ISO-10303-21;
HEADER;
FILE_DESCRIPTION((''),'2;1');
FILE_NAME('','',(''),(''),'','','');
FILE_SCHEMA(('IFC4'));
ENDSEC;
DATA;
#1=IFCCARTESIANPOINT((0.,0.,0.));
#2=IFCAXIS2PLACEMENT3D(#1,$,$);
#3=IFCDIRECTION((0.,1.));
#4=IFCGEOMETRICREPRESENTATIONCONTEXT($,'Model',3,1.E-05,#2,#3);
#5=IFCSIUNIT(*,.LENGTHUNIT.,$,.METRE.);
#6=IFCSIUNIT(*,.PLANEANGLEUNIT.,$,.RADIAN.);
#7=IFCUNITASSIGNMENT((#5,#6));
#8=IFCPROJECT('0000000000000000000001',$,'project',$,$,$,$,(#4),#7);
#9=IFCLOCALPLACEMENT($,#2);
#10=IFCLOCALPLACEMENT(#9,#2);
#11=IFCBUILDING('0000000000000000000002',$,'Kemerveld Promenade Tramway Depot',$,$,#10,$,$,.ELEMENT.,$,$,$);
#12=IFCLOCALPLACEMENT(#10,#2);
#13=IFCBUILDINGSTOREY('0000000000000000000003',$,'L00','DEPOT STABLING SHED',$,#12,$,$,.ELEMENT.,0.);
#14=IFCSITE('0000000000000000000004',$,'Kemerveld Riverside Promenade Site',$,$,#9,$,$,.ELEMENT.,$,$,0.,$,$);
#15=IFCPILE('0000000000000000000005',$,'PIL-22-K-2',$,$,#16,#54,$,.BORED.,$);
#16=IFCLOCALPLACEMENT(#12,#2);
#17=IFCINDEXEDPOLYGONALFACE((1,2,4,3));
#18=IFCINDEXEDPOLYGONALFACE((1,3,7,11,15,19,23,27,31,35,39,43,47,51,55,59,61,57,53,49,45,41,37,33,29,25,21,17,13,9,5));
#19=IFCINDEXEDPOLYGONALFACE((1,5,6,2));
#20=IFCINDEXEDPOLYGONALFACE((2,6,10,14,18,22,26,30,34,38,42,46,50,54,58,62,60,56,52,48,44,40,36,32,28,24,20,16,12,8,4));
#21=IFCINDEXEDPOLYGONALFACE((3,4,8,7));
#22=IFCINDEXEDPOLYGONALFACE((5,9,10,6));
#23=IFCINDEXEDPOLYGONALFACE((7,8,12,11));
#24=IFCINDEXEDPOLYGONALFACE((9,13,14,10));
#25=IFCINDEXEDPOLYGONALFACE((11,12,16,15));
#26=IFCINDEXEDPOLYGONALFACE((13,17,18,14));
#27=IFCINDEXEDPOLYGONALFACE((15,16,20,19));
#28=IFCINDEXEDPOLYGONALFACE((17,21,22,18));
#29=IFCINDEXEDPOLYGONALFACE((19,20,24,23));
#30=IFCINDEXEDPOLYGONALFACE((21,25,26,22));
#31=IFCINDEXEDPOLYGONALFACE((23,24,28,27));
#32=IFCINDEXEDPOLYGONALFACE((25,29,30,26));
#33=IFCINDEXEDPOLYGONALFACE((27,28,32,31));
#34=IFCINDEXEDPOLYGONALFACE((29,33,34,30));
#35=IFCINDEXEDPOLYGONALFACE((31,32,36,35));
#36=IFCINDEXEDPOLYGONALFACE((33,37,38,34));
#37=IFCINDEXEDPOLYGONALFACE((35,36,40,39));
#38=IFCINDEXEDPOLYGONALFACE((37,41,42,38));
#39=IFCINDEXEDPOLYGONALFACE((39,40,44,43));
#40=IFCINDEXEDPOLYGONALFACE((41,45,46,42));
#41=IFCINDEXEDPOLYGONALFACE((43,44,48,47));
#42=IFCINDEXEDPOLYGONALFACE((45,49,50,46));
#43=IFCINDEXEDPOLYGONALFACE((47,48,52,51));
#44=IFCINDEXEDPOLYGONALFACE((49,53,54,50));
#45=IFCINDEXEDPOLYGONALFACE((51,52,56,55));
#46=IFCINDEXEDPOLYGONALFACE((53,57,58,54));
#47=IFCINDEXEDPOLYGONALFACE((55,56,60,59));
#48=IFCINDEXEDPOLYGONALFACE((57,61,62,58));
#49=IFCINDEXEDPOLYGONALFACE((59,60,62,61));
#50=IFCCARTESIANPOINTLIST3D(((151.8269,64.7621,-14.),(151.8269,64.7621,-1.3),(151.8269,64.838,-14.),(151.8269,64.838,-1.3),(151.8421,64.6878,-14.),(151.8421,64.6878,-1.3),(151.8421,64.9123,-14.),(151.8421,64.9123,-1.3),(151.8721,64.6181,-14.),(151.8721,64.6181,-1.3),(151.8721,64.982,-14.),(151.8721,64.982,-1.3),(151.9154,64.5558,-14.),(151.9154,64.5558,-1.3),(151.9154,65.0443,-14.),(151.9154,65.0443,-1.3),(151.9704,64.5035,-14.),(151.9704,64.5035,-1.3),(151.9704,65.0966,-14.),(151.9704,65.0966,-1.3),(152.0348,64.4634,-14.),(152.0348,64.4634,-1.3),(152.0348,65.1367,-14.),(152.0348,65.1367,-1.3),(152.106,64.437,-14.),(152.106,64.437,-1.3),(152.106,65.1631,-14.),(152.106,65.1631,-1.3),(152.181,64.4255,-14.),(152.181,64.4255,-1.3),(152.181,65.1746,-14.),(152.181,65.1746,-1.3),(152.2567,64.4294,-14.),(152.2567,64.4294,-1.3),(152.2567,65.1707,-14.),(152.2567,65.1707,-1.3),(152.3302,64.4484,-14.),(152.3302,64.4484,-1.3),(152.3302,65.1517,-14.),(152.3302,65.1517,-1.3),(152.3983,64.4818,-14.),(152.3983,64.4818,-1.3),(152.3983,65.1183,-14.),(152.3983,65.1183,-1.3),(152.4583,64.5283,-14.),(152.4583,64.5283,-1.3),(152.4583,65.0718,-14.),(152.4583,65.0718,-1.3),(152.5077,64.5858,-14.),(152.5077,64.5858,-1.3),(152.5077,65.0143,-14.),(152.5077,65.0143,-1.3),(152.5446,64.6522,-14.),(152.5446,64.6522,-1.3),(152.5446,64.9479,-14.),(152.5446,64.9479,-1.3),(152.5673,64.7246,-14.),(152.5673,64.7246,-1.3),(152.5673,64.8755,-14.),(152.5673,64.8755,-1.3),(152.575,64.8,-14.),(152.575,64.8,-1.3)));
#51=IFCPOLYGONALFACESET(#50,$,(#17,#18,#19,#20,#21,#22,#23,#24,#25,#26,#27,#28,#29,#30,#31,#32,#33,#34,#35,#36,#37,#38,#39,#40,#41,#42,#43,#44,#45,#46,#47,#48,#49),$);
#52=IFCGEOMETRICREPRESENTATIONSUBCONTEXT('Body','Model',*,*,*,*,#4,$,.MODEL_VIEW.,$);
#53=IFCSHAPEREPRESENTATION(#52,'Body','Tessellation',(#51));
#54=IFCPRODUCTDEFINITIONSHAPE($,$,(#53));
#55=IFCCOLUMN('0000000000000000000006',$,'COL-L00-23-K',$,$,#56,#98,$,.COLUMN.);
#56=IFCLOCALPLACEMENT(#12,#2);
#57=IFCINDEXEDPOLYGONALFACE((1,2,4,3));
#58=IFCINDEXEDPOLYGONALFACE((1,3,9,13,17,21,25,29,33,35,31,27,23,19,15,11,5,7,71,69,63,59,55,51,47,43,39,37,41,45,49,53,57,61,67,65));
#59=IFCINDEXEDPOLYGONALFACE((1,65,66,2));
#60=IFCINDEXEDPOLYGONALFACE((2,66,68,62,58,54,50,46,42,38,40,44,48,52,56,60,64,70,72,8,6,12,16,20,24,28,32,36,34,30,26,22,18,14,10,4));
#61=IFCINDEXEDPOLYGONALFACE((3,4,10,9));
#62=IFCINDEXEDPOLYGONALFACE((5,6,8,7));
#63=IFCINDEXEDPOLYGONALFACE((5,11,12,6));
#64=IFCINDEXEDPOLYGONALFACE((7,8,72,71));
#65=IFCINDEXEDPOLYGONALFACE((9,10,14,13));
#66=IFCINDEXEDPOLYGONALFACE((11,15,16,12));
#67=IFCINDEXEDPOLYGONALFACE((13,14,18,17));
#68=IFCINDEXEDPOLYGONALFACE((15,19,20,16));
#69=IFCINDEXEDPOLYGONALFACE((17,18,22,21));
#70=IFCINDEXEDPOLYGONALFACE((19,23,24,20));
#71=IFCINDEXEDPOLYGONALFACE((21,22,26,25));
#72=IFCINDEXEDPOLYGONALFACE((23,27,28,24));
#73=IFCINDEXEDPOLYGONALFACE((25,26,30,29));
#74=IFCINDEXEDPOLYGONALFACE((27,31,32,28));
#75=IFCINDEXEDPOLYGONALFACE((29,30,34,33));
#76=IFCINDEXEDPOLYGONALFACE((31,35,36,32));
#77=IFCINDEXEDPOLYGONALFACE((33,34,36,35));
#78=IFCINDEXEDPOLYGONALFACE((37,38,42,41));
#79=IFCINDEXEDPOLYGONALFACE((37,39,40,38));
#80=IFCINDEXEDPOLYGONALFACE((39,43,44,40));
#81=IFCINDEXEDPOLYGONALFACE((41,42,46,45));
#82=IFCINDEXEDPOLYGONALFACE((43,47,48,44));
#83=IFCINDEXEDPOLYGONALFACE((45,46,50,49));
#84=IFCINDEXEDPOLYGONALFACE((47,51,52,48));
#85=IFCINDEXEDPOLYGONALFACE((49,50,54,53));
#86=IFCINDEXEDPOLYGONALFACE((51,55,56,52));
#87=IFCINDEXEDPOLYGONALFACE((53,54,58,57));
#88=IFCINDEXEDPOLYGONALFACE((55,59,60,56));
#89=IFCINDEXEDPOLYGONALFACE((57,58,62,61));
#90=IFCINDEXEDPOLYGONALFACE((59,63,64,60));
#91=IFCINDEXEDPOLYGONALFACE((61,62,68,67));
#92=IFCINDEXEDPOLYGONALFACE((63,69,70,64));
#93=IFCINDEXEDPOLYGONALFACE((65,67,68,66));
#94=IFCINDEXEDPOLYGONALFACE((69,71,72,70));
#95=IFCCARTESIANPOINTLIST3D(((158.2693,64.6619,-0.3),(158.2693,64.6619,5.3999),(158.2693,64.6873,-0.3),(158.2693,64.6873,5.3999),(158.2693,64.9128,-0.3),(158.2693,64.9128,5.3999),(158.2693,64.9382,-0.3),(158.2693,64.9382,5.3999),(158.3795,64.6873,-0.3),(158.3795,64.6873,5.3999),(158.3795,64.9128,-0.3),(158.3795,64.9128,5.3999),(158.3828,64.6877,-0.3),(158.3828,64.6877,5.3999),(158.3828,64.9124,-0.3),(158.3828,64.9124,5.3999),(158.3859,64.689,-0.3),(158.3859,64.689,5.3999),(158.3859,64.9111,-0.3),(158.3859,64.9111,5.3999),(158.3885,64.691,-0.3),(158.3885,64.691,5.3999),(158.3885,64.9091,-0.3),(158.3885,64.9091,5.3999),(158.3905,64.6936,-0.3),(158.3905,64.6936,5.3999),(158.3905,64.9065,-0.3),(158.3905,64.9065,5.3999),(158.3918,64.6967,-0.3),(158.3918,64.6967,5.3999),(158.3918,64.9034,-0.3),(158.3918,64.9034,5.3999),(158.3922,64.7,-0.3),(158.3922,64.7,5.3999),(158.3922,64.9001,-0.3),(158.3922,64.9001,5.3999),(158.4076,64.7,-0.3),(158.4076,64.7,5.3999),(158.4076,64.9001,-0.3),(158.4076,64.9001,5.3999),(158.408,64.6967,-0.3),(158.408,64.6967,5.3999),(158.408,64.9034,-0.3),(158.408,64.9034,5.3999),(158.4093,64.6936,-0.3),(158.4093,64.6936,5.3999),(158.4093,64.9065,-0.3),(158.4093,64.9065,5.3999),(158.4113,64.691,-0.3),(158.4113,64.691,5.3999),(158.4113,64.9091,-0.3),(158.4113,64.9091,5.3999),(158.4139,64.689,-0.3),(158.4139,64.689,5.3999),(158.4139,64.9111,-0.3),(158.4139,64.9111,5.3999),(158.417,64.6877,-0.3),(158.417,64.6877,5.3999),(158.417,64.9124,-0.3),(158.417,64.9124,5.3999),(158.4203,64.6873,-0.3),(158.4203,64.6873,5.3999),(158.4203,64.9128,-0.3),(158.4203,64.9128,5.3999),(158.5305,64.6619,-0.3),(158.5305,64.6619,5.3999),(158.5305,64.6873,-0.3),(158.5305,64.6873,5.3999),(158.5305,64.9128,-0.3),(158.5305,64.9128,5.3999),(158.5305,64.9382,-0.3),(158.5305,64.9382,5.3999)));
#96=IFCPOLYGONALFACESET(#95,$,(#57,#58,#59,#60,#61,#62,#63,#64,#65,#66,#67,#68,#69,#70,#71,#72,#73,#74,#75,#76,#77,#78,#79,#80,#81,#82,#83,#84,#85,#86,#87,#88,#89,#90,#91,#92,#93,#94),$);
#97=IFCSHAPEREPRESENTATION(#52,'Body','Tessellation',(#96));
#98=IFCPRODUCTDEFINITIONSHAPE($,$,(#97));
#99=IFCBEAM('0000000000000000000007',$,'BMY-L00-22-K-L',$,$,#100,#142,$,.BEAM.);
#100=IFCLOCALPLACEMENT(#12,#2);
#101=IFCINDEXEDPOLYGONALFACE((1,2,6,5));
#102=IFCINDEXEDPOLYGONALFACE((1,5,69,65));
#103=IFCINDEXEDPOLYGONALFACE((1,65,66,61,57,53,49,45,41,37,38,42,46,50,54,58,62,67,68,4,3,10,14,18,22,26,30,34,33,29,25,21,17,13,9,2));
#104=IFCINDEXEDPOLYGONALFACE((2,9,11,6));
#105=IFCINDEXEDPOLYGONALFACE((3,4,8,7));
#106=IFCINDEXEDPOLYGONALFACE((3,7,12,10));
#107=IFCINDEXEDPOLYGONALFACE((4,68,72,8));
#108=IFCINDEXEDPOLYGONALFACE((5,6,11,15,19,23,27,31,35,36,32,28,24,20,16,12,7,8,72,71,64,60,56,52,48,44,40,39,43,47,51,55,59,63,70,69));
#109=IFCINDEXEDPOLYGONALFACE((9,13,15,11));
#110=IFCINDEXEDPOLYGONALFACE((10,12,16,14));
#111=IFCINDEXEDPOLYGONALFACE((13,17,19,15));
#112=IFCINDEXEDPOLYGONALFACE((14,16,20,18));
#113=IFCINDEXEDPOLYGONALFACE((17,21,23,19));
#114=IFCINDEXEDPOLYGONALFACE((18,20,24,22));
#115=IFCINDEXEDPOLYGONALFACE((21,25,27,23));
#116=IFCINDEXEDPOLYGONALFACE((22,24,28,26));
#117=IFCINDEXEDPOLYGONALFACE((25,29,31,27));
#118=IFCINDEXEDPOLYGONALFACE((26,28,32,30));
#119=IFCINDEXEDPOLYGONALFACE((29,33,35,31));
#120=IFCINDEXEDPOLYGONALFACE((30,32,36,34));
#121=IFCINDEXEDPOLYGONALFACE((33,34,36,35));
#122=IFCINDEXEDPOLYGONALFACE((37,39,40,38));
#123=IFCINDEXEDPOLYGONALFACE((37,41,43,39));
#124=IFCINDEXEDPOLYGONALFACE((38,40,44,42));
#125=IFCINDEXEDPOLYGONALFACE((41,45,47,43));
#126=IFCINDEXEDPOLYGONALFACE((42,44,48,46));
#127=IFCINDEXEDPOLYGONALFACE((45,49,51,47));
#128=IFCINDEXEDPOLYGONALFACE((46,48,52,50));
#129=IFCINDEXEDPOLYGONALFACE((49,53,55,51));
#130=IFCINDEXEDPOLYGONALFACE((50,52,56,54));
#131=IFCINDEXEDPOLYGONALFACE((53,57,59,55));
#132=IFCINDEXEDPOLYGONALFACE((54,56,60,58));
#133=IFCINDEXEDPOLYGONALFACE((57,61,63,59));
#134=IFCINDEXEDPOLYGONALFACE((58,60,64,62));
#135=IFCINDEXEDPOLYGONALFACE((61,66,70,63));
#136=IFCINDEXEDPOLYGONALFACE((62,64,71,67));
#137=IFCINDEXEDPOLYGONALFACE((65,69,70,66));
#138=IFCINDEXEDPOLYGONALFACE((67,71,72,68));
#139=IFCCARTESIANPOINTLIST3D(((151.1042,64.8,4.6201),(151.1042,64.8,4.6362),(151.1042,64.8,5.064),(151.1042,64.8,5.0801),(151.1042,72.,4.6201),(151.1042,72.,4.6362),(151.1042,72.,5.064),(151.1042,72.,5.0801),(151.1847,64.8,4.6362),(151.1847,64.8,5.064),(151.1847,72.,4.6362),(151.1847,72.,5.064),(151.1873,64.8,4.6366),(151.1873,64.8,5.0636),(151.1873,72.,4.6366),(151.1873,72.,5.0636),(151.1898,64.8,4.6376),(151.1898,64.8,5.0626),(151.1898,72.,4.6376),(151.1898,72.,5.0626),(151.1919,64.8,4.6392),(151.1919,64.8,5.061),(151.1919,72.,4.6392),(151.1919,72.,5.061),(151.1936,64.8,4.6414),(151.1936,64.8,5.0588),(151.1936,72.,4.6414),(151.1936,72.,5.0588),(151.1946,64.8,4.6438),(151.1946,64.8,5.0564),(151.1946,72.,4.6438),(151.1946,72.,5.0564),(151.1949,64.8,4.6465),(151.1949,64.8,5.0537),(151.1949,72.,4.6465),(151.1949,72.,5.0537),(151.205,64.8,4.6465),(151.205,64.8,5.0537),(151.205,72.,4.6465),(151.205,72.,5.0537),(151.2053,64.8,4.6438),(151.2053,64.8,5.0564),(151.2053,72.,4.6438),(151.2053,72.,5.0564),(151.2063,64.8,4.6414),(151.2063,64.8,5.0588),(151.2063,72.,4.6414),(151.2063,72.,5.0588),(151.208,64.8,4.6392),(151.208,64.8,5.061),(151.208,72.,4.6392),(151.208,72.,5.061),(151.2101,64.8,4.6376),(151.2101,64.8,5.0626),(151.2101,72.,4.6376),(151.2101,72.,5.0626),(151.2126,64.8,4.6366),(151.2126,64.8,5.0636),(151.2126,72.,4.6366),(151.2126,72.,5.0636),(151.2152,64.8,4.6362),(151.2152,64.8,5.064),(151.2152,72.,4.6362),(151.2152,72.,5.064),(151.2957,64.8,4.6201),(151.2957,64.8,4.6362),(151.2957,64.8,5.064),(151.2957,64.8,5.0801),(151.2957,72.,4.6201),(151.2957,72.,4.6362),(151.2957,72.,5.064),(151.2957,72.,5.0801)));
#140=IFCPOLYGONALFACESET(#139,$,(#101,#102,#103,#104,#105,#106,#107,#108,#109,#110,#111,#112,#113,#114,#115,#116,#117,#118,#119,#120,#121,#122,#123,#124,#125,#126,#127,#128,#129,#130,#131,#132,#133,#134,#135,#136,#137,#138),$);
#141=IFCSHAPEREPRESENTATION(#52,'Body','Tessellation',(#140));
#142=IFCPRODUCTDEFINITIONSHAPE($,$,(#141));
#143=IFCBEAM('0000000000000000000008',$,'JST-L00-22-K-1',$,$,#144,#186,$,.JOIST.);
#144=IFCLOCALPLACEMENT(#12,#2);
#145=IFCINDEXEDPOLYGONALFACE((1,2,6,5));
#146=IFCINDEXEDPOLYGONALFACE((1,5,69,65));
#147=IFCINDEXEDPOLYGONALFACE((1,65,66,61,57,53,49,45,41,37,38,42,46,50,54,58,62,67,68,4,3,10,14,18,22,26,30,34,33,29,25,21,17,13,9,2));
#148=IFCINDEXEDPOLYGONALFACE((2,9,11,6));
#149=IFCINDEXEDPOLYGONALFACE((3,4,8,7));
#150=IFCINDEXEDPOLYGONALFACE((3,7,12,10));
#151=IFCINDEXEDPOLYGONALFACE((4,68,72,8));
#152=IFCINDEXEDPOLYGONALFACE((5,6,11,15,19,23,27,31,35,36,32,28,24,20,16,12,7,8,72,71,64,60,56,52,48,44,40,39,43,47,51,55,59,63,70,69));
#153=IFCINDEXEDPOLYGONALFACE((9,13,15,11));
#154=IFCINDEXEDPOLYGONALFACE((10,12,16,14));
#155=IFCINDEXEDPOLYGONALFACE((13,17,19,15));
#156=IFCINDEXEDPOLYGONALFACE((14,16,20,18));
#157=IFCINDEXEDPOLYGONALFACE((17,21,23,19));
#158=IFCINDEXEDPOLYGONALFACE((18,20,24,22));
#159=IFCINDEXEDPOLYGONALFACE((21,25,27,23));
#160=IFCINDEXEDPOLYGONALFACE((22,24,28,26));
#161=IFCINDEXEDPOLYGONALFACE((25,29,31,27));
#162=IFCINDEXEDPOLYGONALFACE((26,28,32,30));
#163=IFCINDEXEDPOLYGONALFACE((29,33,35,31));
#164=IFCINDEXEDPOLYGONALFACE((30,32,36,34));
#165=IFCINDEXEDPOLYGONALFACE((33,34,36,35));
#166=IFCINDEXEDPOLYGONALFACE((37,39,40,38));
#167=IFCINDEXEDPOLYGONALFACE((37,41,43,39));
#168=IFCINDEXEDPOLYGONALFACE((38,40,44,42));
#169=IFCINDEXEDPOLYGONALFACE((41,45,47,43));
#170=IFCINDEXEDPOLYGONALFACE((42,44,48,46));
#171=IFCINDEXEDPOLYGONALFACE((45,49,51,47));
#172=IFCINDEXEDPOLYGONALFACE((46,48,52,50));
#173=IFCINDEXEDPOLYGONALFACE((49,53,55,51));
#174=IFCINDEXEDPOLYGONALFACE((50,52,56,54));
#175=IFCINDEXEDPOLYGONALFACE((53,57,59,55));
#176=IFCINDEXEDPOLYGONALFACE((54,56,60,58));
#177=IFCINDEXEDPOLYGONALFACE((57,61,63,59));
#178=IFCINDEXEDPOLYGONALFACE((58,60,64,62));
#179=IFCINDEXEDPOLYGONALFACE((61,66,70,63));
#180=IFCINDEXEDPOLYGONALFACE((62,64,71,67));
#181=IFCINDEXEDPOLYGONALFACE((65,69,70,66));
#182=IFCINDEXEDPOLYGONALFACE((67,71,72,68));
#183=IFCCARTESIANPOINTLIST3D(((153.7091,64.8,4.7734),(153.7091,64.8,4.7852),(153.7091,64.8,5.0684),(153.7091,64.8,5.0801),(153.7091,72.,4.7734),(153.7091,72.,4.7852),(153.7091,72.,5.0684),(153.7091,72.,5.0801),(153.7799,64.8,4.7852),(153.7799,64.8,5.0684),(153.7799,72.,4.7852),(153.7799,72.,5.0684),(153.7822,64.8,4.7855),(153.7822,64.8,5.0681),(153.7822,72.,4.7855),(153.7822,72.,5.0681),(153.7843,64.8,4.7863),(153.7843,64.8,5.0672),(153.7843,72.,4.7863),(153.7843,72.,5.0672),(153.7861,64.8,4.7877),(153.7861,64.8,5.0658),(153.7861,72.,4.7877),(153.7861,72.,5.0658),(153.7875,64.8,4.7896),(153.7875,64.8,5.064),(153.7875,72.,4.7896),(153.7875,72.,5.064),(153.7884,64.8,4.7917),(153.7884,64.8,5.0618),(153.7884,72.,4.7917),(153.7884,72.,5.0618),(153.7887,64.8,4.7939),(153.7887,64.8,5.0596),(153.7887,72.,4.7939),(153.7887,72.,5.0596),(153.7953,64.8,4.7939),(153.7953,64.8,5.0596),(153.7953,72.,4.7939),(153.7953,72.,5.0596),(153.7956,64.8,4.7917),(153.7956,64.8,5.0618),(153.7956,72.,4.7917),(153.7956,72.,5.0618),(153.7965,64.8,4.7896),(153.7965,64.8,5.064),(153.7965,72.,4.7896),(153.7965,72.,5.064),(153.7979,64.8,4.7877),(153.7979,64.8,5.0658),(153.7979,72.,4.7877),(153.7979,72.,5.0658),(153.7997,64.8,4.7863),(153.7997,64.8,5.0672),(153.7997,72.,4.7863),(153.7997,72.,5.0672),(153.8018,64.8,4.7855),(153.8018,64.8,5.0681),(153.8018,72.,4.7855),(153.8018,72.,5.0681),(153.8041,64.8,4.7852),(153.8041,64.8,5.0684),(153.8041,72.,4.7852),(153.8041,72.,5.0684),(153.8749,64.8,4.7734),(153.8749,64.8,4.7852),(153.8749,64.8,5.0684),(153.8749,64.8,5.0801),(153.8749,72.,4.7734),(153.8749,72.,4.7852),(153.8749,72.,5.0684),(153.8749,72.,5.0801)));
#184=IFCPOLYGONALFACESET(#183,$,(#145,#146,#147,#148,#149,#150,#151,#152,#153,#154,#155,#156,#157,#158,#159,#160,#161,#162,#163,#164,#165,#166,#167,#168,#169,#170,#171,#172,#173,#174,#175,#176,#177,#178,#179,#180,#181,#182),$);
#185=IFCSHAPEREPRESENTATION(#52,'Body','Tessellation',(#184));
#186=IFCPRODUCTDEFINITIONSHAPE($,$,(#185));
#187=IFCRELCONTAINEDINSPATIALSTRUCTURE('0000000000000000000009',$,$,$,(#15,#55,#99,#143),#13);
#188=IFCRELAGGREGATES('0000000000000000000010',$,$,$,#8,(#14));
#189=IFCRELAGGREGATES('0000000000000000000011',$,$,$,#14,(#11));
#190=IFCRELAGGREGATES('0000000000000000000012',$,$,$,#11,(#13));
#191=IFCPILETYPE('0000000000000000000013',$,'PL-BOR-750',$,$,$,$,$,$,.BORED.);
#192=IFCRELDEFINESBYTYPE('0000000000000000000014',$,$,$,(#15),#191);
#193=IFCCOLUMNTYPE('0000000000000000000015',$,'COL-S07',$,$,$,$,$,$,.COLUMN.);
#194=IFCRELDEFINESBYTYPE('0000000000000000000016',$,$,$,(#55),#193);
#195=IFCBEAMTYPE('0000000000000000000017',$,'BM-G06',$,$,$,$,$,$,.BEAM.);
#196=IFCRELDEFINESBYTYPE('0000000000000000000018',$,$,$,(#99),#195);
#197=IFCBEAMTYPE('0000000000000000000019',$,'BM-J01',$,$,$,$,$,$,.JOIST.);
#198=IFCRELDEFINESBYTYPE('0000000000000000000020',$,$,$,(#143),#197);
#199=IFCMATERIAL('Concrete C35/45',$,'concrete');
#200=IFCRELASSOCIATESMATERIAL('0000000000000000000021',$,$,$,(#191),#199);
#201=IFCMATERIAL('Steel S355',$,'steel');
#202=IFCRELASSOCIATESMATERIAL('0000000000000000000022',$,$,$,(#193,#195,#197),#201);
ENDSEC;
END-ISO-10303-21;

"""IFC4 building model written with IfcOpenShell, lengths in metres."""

from ifc_helpers import new_model, si_unit, direction, frame, origin, origin_2d, place, context, subcontext, project, spatial, circle, i_section, extrude, material, material_profile, profile_set, type_object, element, save


model = new_model("IFC4")

# Units and contexts
model_context = context("Model", 3, precision=1e-05, world=origin(), true_north=direction((0.0, 1.0)))
body_context = subcontext(model_context, "Body", "Model", "MODEL_VIEW")
ifc_project = project(units=[si_unit("LENGTHUNIT", "METRE"), si_unit("PLANEANGLEUNIT", "RADIAN")], contexts=[model_context])

# Site, building, storey
site_placement = place(None, origin())
site = spatial("IfcSite", under=ifc_project, at=site_placement, Name="Kemerveld Riverside Promenade Site", CompositionType="ELEMENT", RefElevation=0.0)
building_placement = place(site_placement, origin())
building = spatial("IfcBuilding", under=site, at=building_placement, Name="Kemerveld Promenade Tramway Depot", CompositionType="ELEMENT")
storey_placement = place(building_placement, origin())
storey = spatial("IfcBuildingStorey", under=building, at=storey_placement, Name="L00", Description="DEPOT STABLING SHED", CompositionType="ELEMENT", Elevation=0.0)

# Shared definitions
ifc_material_1 = material(Name="Concrete C35/45", Category="concrete")

# Pile
ifc_material_profile_1 = material_profile(ifc_material_1, circle(Radius=0.375, at=origin_2d()), Name="PILE-D750")
ifc_profile_set_1 = profile_set([ifc_material_profile_1], Name="Concrete C35/45")
pile_type_1 = type_object("IfcPileType", Name="PL-BOR-750", PredefinedType="BORED", material=ifc_profile_set_1)
pile_placement = place(storey_placement, frame((152.2, 64.8, -1.3), z_axis=(0.0, 0.0, -1.0), x_axis=(1.0, 0.0, 0.0)))
element("IfcPile", 1, at=pile_placement, inside=storey, type_object=pile_type_1, Name="PIL-22-K-2", PredefinedType="BORED", context=body_context, shape_type="SweptSolid", body=[
    extrude(circle(Radius=0.375, at=origin_2d()), origin(), (0.0, 0.0, 1.0), 12.7),
])

# Column
ifc_material_2 = material(Name="Steel S355", Category="steel")
ifc_material_profile_2 = material_profile(ifc_material_2, i_section(OverallWidth=0.2612, OverallDepth=0.2764, WebThickness=0.0154, FlangeThickness=0.0254, FilletRadius=0.0127, at=origin_2d()), Name="254x254x132 UC")
ifc_profile_set_2 = profile_set([ifc_material_profile_2], Name="Steel S355")
column_type = type_object("IfcColumnType", Name="COL-S07", PredefinedType="COLUMN", material=ifc_profile_set_2)
column_placement = place(storey_placement, frame((158.3999, 64.8, -0.3), z_axis=(0.0, 0.0, 1.0), x_axis=(1.0, 0.0, 0.0)))
element("IfcColumn", 2, at=column_placement, inside=storey, type_object=column_type, Name="COL-L00-23-K", PredefinedType="COLUMN", context=body_context, shape_type="SweptSolid", body=[
    extrude(i_section(OverallWidth=0.2612, OverallDepth=0.2764, WebThickness=0.0154, FlangeThickness=0.0254, FilletRadius=0.0127, at=origin_2d()), origin(), (0.0, 0.0, 1.0), 5.7),
])

# Beams
ifc_material_profile_3 = material_profile(ifc_material_2, i_section(OverallWidth=0.1914, OverallDepth=0.46, WebThickness=0.01, FlangeThickness=0.0161, FilletRadius=0.0103, at=origin_2d()), Name="457x191x82 UB")
ifc_profile_set_3 = profile_set([ifc_material_profile_3], Name="Steel S355")
beam_type_1 = type_object("IfcBeamType", Name="BM-G06", PredefinedType="BEAM", material=ifc_profile_set_3)
beam_1_placement = place(storey_placement, frame((151.2, 64.8, 4.8501), z_axis=(0.0, 1.0, 0.0), x_axis=(-1.0, 0.0, 0.0)))
element("IfcBeam", 3, at=beam_1_placement, inside=storey, type_object=beam_type_1, Name="BMY-L00-22-K-L", PredefinedType="BEAM", context=body_context, shape_type="SweptSolid", body=[
    extrude(i_section(OverallWidth=0.1914, OverallDepth=0.46, WebThickness=0.01, FlangeThickness=0.0161, FilletRadius=0.0103, at=origin_2d()), origin(), (0.0, 0.0, 1.0), 7.2),
])
ifc_material_profile_4 = material_profile(ifc_material_2, i_section(OverallWidth=0.1658, OverallDepth=0.3066, WebThickness=0.0066, FlangeThickness=0.0117, FilletRadius=0.0088, at=origin_2d()), Name="305x165x46 UB")
ifc_profile_set_4 = profile_set([ifc_material_profile_4], Name="Steel S355")
beam_type_2 = type_object("IfcBeamType", Name="BM-J01", PredefinedType="JOIST", material=ifc_profile_set_4)
for number, where, z_axis, x_axis, name in (
    (4, (153.792, 64.8, 4.9268), (0.0, 1.0, 0.0), (-1.0, 0.0, 0.0), "JST-L00-22-K-1"),
):
    element("IfcBeam", number, at=place(storey_placement, frame(where, z_axis=z_axis, x_axis=x_axis)), inside=storey, type_object=beam_type_2, Name=name, PredefinedType="JOIST", context=body_context, shape_type="SweptSolid", body=[
        extrude(i_section(OverallWidth=0.1658, OverallDepth=0.3066, WebThickness=0.0066, FlangeThickness=0.0117, FilletRadius=0.0088, at=origin_2d()), origin(), (0.0, 0.0, 1.0), 7.2),
    ])

save(model, "model.ifc")
